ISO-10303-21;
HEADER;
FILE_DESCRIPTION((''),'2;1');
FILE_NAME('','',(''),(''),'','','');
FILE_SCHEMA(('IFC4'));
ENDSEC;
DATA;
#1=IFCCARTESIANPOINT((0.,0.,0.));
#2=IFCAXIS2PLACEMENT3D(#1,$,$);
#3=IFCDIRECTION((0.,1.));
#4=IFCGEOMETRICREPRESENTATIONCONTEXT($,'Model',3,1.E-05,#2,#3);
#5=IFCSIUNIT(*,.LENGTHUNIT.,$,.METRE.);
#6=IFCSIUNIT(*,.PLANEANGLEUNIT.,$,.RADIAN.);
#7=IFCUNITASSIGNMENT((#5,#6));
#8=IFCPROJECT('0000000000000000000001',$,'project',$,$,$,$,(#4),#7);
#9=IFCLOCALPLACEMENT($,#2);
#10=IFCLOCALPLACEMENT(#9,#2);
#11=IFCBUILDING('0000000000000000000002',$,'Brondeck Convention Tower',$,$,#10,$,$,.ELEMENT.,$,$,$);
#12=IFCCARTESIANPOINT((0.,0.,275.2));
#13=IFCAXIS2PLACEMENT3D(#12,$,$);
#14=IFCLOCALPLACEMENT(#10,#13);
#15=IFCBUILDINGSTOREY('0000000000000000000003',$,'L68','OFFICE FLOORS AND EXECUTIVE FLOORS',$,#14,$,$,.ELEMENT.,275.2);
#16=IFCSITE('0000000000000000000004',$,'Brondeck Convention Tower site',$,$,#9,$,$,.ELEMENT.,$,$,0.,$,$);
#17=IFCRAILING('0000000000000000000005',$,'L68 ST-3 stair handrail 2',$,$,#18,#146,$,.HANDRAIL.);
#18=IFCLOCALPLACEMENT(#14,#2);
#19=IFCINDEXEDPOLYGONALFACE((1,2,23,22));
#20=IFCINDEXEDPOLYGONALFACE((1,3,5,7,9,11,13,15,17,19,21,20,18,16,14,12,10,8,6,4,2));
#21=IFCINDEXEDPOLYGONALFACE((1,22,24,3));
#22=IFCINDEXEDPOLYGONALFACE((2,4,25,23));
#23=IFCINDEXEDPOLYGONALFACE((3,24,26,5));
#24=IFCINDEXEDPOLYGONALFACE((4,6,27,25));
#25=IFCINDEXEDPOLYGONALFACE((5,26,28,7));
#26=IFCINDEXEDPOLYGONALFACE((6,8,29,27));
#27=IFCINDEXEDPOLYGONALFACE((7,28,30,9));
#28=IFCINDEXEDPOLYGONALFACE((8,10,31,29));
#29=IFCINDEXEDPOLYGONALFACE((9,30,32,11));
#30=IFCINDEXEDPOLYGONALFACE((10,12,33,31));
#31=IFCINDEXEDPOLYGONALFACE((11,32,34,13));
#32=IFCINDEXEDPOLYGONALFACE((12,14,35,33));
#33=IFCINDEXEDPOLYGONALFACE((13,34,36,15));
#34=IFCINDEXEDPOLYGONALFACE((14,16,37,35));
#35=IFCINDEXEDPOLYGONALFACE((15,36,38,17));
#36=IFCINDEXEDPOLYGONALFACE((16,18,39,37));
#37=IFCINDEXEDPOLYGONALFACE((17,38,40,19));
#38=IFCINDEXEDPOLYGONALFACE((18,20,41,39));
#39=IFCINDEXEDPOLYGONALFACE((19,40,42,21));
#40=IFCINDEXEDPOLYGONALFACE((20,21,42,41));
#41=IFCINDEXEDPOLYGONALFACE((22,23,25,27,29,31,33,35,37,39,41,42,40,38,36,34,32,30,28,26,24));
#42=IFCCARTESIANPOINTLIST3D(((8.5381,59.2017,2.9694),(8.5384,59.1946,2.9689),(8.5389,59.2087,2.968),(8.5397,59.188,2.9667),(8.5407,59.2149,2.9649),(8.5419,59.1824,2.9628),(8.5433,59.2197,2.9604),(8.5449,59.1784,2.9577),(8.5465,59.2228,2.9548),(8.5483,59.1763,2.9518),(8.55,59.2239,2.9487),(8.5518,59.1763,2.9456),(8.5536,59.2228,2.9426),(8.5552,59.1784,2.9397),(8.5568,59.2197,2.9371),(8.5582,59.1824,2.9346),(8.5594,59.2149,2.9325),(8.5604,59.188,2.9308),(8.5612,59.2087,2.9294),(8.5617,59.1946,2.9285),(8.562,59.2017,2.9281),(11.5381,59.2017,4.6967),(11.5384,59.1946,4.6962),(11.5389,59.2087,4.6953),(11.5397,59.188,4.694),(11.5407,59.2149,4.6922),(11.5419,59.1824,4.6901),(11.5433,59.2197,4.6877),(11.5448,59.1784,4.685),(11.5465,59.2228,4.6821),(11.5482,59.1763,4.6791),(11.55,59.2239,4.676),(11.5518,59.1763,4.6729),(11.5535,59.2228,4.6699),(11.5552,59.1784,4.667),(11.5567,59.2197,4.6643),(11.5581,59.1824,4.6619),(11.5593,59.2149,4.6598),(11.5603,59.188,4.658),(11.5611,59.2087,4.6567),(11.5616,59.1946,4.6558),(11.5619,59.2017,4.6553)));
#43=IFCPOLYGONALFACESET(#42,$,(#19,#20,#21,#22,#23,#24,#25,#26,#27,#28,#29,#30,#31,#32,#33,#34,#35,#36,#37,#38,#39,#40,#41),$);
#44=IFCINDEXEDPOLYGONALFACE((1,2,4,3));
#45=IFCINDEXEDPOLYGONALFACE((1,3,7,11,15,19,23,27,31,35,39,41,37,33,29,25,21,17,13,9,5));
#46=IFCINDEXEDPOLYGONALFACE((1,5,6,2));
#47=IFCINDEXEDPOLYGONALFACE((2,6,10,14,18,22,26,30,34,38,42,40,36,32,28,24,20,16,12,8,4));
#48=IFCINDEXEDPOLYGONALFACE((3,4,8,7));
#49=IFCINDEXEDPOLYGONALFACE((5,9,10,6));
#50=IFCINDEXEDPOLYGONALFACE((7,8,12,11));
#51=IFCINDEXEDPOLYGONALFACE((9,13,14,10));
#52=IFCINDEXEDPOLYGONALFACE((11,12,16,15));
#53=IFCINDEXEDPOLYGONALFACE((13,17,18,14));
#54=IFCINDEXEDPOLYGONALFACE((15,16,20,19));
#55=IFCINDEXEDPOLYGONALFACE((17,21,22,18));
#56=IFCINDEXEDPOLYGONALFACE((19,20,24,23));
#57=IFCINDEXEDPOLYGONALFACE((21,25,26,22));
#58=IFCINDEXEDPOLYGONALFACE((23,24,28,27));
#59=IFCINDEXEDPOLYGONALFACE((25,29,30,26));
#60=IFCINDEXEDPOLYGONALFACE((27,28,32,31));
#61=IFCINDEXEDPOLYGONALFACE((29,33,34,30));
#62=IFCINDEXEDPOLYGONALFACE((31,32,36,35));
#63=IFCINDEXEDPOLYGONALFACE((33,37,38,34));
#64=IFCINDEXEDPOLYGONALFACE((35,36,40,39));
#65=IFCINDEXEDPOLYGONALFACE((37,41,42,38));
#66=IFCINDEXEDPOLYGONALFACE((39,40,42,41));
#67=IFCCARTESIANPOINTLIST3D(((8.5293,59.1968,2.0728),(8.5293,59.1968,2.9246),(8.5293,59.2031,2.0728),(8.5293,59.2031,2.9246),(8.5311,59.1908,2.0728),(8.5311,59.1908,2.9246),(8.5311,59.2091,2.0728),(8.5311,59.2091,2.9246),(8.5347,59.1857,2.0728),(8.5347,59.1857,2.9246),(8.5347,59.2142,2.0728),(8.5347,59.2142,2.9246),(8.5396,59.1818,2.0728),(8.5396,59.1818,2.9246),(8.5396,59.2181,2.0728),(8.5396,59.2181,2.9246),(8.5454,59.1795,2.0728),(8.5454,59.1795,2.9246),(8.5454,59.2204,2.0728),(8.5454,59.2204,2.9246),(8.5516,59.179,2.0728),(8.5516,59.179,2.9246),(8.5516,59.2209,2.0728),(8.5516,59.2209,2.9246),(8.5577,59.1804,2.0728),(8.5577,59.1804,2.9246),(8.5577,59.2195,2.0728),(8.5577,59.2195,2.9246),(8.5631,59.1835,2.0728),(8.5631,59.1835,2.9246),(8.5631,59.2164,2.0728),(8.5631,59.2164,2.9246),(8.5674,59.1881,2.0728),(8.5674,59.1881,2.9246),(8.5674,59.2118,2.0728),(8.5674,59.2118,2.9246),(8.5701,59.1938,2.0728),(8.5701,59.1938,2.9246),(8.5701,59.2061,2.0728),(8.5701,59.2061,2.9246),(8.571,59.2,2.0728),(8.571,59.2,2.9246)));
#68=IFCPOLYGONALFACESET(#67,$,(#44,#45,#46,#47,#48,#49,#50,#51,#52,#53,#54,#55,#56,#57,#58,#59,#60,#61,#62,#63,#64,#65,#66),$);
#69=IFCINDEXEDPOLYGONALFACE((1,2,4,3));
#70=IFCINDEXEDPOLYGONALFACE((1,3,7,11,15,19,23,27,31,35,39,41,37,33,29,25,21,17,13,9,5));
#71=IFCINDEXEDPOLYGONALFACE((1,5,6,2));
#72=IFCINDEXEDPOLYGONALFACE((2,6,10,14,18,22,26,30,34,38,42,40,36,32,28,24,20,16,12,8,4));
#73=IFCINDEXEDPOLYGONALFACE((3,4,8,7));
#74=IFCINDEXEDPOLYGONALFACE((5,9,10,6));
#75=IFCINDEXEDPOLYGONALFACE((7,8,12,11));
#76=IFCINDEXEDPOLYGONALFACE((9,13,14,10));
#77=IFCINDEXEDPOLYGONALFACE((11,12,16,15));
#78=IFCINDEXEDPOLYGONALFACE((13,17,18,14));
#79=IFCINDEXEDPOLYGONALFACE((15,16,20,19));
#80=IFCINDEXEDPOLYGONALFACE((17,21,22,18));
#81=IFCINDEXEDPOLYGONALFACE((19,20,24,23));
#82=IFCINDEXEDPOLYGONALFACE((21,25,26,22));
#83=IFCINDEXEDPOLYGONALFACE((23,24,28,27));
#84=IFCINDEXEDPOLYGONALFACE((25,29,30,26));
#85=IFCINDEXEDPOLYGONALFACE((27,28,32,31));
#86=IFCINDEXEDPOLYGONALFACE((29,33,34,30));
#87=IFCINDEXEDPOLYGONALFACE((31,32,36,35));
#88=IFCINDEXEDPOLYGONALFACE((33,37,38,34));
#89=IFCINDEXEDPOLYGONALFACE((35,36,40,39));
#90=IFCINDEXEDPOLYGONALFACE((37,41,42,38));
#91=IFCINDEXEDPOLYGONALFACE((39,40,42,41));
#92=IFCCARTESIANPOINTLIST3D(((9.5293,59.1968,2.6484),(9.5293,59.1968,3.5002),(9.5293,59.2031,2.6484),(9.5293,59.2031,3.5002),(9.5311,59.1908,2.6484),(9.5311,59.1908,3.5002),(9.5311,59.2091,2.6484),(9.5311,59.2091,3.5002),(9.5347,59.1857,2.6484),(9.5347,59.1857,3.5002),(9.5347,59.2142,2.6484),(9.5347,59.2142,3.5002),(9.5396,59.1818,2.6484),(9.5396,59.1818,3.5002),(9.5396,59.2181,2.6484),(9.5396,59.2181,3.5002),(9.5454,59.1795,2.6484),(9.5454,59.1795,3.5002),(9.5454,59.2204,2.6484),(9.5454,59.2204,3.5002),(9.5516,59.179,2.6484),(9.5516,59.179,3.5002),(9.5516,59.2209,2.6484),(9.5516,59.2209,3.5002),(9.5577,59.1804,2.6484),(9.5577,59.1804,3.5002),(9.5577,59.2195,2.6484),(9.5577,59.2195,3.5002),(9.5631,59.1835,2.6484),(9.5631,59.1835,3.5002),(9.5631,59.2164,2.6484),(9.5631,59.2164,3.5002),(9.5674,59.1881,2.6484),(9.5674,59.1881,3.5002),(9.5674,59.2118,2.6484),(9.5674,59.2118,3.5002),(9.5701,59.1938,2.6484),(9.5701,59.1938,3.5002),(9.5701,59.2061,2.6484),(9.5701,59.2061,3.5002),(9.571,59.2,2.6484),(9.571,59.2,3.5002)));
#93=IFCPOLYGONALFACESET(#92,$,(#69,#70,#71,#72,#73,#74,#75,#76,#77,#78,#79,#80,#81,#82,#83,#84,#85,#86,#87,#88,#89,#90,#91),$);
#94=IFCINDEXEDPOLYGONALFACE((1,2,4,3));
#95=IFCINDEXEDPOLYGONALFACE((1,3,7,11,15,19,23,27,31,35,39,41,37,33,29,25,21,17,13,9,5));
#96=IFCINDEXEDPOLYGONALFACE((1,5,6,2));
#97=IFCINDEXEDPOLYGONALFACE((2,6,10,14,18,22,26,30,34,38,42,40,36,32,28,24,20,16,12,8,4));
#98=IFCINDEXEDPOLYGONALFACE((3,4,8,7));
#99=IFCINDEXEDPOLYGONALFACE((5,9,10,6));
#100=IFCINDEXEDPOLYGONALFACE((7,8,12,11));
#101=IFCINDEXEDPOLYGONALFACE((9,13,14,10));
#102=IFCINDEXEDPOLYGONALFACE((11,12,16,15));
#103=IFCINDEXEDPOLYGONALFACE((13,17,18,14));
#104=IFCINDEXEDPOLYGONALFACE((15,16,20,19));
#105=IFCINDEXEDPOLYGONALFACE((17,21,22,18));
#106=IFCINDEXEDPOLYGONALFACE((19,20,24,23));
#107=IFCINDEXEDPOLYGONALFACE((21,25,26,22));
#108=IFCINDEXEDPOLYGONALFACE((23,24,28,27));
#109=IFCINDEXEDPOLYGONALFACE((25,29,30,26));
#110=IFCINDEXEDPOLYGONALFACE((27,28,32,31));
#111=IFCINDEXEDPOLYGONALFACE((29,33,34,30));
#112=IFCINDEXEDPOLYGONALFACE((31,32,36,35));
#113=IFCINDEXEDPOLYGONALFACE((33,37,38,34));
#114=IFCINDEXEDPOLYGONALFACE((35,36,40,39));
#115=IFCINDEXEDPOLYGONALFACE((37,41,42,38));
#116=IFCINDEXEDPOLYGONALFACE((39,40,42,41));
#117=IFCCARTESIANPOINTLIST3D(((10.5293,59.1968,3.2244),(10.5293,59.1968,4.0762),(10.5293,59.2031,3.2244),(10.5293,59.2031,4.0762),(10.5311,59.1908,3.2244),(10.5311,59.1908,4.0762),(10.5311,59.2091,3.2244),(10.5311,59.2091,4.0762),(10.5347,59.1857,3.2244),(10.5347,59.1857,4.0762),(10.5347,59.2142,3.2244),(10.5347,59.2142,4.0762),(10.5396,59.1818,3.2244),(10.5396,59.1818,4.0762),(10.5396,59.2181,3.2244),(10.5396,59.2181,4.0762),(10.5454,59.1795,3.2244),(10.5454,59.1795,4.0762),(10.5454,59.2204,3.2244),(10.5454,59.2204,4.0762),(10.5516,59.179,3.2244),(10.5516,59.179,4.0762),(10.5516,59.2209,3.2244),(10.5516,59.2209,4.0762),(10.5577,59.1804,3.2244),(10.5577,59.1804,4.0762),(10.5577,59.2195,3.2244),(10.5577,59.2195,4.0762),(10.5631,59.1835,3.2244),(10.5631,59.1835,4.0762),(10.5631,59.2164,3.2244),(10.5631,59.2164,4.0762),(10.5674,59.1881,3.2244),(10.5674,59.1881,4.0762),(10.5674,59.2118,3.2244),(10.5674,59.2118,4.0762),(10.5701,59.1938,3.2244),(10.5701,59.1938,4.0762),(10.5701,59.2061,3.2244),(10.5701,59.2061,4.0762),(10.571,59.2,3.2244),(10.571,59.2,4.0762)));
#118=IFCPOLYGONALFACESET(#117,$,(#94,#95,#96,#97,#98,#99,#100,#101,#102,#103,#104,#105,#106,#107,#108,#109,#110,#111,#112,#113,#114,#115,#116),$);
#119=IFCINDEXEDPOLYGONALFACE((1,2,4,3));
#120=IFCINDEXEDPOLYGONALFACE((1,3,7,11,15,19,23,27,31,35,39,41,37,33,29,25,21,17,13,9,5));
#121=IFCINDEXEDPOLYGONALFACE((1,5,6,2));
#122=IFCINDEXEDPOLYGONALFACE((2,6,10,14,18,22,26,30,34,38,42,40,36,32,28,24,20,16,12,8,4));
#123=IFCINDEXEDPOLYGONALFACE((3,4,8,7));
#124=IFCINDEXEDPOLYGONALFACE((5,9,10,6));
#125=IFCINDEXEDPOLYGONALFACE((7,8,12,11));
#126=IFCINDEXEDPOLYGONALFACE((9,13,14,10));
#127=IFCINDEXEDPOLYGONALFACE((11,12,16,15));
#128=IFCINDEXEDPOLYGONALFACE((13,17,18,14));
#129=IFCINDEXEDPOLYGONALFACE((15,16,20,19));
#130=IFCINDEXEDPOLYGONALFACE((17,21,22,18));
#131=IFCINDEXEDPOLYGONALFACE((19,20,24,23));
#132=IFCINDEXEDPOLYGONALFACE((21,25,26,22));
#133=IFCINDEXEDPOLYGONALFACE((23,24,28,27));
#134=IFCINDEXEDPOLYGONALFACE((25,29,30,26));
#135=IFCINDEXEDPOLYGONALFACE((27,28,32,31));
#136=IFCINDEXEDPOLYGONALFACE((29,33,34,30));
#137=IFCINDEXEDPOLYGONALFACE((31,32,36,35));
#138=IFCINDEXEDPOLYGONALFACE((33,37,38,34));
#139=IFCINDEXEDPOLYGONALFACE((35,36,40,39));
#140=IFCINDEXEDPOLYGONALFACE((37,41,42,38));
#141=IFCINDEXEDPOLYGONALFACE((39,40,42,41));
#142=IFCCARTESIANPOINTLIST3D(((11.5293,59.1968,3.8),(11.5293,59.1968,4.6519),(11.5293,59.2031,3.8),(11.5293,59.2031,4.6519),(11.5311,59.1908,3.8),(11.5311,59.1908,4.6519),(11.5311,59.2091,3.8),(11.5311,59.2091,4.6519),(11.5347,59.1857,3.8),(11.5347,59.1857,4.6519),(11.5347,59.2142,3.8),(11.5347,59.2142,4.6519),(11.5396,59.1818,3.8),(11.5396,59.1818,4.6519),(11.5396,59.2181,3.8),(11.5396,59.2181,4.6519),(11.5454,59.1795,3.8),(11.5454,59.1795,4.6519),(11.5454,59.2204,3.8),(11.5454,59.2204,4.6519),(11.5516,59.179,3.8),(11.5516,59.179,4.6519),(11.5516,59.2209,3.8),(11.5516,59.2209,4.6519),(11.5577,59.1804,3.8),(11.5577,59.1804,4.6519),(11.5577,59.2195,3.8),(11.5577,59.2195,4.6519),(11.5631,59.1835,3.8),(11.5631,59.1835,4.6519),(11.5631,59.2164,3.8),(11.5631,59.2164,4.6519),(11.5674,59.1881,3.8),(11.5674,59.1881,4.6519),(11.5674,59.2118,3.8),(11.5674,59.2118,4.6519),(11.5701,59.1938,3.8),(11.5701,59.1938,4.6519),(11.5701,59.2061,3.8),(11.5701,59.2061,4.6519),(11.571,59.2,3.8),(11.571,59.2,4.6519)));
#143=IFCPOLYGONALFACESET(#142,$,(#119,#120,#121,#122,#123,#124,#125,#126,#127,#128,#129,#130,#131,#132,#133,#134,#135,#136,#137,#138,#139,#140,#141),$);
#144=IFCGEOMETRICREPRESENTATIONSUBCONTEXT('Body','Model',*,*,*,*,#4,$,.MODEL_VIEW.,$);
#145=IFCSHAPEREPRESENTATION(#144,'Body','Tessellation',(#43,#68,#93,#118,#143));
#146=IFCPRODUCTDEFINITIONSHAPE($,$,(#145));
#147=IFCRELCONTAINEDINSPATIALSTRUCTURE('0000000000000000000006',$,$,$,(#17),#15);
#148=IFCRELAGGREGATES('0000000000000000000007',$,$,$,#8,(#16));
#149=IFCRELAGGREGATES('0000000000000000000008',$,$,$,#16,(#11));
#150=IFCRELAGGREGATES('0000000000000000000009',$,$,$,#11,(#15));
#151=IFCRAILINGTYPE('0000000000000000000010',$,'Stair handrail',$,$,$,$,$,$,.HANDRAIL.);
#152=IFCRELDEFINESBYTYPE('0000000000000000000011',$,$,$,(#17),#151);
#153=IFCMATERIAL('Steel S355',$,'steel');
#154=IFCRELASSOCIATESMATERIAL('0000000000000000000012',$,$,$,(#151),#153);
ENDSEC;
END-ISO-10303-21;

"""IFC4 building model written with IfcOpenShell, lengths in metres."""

from ifc_helpers import new_model, si_unit, direction, frame, origin, origin_2d, place, context, subcontext, project, spatial, circle, extrude, material, type_object, element, save


model = new_model("IFC4")

# Units and contexts
model_context = context("Model", 3, precision=1e-05, world=origin(), true_north=direction((0.0, 1.0)))
body_context = subcontext(model_context, "Body", "Model", "MODEL_VIEW")
ifc_project = project(units=[si_unit("LENGTHUNIT", "METRE"), si_unit("PLANEANGLEUNIT", "RADIAN")], contexts=[model_context])

# Site, building, storey
site_placement = place(None, origin())
site = spatial("IfcSite", under=ifc_project, at=site_placement, Name="Brondeck Convention Tower site", CompositionType="ELEMENT", RefElevation=0.0)
building_placement = place(site_placement, origin())
building = spatial("IfcBuilding", under=site, at=building_placement, Name="Brondeck Convention Tower", CompositionType="ELEMENT")
storey_placement = place(building_placement, frame((0.0, 0.0, 275.2)))
storey = spatial("IfcBuildingStorey", under=building, at=storey_placement, Name="L68", Description="OFFICE FLOORS AND EXECUTIVE FLOORS", CompositionType="ELEMENT", Elevation=275.2)

# Railing
ifc_material_1 = material(Name="Steel S355", Category="steel")
railing_type = type_object("IfcRailingType", Name="Stair handrail", PredefinedType="HANDRAIL", material=ifc_material_1)
railing_placement = place(storey_placement, frame((8.55, 59.2, 2.0728)))
element("IfcRailing", 1, at=railing_placement, inside=storey, type_object=railing_type, Name="L68 ST-3 stair handrail 2", PredefinedType="HANDRAIL", context=body_context, shape_type="SweptSolid", body=[
    extrude(circle(Radius=0.0239, at=origin_2d()), frame((0.0, 0.0, 0.876), z_axis=(0.86662, 0.0, 0.498969), x_axis=(0.0, 1.0, 0.0)), (0.0, 0.0, 1.0), 3.4617),
    extrude(circle(Radius=0.021, at=origin_2d()), origin(), (0.0, 0.0, 1.0), 0.8518),
    extrude(circle(Radius=0.021, at=origin_2d()), frame((1.0, 0.0, 0.5757)), (0.0, 0.0, 1.0), 0.8518),
    extrude(circle(Radius=0.021, at=origin_2d()), frame((2.0, 0.0, 1.1516)), (0.0, 0.0, 1.0), 0.8518),
    extrude(circle(Radius=0.021, at=origin_2d()), frame((3.0, 0.0, 1.7273)), (0.0, 0.0, 1.0), 0.8518),
])

save(model, "model.ifc")
